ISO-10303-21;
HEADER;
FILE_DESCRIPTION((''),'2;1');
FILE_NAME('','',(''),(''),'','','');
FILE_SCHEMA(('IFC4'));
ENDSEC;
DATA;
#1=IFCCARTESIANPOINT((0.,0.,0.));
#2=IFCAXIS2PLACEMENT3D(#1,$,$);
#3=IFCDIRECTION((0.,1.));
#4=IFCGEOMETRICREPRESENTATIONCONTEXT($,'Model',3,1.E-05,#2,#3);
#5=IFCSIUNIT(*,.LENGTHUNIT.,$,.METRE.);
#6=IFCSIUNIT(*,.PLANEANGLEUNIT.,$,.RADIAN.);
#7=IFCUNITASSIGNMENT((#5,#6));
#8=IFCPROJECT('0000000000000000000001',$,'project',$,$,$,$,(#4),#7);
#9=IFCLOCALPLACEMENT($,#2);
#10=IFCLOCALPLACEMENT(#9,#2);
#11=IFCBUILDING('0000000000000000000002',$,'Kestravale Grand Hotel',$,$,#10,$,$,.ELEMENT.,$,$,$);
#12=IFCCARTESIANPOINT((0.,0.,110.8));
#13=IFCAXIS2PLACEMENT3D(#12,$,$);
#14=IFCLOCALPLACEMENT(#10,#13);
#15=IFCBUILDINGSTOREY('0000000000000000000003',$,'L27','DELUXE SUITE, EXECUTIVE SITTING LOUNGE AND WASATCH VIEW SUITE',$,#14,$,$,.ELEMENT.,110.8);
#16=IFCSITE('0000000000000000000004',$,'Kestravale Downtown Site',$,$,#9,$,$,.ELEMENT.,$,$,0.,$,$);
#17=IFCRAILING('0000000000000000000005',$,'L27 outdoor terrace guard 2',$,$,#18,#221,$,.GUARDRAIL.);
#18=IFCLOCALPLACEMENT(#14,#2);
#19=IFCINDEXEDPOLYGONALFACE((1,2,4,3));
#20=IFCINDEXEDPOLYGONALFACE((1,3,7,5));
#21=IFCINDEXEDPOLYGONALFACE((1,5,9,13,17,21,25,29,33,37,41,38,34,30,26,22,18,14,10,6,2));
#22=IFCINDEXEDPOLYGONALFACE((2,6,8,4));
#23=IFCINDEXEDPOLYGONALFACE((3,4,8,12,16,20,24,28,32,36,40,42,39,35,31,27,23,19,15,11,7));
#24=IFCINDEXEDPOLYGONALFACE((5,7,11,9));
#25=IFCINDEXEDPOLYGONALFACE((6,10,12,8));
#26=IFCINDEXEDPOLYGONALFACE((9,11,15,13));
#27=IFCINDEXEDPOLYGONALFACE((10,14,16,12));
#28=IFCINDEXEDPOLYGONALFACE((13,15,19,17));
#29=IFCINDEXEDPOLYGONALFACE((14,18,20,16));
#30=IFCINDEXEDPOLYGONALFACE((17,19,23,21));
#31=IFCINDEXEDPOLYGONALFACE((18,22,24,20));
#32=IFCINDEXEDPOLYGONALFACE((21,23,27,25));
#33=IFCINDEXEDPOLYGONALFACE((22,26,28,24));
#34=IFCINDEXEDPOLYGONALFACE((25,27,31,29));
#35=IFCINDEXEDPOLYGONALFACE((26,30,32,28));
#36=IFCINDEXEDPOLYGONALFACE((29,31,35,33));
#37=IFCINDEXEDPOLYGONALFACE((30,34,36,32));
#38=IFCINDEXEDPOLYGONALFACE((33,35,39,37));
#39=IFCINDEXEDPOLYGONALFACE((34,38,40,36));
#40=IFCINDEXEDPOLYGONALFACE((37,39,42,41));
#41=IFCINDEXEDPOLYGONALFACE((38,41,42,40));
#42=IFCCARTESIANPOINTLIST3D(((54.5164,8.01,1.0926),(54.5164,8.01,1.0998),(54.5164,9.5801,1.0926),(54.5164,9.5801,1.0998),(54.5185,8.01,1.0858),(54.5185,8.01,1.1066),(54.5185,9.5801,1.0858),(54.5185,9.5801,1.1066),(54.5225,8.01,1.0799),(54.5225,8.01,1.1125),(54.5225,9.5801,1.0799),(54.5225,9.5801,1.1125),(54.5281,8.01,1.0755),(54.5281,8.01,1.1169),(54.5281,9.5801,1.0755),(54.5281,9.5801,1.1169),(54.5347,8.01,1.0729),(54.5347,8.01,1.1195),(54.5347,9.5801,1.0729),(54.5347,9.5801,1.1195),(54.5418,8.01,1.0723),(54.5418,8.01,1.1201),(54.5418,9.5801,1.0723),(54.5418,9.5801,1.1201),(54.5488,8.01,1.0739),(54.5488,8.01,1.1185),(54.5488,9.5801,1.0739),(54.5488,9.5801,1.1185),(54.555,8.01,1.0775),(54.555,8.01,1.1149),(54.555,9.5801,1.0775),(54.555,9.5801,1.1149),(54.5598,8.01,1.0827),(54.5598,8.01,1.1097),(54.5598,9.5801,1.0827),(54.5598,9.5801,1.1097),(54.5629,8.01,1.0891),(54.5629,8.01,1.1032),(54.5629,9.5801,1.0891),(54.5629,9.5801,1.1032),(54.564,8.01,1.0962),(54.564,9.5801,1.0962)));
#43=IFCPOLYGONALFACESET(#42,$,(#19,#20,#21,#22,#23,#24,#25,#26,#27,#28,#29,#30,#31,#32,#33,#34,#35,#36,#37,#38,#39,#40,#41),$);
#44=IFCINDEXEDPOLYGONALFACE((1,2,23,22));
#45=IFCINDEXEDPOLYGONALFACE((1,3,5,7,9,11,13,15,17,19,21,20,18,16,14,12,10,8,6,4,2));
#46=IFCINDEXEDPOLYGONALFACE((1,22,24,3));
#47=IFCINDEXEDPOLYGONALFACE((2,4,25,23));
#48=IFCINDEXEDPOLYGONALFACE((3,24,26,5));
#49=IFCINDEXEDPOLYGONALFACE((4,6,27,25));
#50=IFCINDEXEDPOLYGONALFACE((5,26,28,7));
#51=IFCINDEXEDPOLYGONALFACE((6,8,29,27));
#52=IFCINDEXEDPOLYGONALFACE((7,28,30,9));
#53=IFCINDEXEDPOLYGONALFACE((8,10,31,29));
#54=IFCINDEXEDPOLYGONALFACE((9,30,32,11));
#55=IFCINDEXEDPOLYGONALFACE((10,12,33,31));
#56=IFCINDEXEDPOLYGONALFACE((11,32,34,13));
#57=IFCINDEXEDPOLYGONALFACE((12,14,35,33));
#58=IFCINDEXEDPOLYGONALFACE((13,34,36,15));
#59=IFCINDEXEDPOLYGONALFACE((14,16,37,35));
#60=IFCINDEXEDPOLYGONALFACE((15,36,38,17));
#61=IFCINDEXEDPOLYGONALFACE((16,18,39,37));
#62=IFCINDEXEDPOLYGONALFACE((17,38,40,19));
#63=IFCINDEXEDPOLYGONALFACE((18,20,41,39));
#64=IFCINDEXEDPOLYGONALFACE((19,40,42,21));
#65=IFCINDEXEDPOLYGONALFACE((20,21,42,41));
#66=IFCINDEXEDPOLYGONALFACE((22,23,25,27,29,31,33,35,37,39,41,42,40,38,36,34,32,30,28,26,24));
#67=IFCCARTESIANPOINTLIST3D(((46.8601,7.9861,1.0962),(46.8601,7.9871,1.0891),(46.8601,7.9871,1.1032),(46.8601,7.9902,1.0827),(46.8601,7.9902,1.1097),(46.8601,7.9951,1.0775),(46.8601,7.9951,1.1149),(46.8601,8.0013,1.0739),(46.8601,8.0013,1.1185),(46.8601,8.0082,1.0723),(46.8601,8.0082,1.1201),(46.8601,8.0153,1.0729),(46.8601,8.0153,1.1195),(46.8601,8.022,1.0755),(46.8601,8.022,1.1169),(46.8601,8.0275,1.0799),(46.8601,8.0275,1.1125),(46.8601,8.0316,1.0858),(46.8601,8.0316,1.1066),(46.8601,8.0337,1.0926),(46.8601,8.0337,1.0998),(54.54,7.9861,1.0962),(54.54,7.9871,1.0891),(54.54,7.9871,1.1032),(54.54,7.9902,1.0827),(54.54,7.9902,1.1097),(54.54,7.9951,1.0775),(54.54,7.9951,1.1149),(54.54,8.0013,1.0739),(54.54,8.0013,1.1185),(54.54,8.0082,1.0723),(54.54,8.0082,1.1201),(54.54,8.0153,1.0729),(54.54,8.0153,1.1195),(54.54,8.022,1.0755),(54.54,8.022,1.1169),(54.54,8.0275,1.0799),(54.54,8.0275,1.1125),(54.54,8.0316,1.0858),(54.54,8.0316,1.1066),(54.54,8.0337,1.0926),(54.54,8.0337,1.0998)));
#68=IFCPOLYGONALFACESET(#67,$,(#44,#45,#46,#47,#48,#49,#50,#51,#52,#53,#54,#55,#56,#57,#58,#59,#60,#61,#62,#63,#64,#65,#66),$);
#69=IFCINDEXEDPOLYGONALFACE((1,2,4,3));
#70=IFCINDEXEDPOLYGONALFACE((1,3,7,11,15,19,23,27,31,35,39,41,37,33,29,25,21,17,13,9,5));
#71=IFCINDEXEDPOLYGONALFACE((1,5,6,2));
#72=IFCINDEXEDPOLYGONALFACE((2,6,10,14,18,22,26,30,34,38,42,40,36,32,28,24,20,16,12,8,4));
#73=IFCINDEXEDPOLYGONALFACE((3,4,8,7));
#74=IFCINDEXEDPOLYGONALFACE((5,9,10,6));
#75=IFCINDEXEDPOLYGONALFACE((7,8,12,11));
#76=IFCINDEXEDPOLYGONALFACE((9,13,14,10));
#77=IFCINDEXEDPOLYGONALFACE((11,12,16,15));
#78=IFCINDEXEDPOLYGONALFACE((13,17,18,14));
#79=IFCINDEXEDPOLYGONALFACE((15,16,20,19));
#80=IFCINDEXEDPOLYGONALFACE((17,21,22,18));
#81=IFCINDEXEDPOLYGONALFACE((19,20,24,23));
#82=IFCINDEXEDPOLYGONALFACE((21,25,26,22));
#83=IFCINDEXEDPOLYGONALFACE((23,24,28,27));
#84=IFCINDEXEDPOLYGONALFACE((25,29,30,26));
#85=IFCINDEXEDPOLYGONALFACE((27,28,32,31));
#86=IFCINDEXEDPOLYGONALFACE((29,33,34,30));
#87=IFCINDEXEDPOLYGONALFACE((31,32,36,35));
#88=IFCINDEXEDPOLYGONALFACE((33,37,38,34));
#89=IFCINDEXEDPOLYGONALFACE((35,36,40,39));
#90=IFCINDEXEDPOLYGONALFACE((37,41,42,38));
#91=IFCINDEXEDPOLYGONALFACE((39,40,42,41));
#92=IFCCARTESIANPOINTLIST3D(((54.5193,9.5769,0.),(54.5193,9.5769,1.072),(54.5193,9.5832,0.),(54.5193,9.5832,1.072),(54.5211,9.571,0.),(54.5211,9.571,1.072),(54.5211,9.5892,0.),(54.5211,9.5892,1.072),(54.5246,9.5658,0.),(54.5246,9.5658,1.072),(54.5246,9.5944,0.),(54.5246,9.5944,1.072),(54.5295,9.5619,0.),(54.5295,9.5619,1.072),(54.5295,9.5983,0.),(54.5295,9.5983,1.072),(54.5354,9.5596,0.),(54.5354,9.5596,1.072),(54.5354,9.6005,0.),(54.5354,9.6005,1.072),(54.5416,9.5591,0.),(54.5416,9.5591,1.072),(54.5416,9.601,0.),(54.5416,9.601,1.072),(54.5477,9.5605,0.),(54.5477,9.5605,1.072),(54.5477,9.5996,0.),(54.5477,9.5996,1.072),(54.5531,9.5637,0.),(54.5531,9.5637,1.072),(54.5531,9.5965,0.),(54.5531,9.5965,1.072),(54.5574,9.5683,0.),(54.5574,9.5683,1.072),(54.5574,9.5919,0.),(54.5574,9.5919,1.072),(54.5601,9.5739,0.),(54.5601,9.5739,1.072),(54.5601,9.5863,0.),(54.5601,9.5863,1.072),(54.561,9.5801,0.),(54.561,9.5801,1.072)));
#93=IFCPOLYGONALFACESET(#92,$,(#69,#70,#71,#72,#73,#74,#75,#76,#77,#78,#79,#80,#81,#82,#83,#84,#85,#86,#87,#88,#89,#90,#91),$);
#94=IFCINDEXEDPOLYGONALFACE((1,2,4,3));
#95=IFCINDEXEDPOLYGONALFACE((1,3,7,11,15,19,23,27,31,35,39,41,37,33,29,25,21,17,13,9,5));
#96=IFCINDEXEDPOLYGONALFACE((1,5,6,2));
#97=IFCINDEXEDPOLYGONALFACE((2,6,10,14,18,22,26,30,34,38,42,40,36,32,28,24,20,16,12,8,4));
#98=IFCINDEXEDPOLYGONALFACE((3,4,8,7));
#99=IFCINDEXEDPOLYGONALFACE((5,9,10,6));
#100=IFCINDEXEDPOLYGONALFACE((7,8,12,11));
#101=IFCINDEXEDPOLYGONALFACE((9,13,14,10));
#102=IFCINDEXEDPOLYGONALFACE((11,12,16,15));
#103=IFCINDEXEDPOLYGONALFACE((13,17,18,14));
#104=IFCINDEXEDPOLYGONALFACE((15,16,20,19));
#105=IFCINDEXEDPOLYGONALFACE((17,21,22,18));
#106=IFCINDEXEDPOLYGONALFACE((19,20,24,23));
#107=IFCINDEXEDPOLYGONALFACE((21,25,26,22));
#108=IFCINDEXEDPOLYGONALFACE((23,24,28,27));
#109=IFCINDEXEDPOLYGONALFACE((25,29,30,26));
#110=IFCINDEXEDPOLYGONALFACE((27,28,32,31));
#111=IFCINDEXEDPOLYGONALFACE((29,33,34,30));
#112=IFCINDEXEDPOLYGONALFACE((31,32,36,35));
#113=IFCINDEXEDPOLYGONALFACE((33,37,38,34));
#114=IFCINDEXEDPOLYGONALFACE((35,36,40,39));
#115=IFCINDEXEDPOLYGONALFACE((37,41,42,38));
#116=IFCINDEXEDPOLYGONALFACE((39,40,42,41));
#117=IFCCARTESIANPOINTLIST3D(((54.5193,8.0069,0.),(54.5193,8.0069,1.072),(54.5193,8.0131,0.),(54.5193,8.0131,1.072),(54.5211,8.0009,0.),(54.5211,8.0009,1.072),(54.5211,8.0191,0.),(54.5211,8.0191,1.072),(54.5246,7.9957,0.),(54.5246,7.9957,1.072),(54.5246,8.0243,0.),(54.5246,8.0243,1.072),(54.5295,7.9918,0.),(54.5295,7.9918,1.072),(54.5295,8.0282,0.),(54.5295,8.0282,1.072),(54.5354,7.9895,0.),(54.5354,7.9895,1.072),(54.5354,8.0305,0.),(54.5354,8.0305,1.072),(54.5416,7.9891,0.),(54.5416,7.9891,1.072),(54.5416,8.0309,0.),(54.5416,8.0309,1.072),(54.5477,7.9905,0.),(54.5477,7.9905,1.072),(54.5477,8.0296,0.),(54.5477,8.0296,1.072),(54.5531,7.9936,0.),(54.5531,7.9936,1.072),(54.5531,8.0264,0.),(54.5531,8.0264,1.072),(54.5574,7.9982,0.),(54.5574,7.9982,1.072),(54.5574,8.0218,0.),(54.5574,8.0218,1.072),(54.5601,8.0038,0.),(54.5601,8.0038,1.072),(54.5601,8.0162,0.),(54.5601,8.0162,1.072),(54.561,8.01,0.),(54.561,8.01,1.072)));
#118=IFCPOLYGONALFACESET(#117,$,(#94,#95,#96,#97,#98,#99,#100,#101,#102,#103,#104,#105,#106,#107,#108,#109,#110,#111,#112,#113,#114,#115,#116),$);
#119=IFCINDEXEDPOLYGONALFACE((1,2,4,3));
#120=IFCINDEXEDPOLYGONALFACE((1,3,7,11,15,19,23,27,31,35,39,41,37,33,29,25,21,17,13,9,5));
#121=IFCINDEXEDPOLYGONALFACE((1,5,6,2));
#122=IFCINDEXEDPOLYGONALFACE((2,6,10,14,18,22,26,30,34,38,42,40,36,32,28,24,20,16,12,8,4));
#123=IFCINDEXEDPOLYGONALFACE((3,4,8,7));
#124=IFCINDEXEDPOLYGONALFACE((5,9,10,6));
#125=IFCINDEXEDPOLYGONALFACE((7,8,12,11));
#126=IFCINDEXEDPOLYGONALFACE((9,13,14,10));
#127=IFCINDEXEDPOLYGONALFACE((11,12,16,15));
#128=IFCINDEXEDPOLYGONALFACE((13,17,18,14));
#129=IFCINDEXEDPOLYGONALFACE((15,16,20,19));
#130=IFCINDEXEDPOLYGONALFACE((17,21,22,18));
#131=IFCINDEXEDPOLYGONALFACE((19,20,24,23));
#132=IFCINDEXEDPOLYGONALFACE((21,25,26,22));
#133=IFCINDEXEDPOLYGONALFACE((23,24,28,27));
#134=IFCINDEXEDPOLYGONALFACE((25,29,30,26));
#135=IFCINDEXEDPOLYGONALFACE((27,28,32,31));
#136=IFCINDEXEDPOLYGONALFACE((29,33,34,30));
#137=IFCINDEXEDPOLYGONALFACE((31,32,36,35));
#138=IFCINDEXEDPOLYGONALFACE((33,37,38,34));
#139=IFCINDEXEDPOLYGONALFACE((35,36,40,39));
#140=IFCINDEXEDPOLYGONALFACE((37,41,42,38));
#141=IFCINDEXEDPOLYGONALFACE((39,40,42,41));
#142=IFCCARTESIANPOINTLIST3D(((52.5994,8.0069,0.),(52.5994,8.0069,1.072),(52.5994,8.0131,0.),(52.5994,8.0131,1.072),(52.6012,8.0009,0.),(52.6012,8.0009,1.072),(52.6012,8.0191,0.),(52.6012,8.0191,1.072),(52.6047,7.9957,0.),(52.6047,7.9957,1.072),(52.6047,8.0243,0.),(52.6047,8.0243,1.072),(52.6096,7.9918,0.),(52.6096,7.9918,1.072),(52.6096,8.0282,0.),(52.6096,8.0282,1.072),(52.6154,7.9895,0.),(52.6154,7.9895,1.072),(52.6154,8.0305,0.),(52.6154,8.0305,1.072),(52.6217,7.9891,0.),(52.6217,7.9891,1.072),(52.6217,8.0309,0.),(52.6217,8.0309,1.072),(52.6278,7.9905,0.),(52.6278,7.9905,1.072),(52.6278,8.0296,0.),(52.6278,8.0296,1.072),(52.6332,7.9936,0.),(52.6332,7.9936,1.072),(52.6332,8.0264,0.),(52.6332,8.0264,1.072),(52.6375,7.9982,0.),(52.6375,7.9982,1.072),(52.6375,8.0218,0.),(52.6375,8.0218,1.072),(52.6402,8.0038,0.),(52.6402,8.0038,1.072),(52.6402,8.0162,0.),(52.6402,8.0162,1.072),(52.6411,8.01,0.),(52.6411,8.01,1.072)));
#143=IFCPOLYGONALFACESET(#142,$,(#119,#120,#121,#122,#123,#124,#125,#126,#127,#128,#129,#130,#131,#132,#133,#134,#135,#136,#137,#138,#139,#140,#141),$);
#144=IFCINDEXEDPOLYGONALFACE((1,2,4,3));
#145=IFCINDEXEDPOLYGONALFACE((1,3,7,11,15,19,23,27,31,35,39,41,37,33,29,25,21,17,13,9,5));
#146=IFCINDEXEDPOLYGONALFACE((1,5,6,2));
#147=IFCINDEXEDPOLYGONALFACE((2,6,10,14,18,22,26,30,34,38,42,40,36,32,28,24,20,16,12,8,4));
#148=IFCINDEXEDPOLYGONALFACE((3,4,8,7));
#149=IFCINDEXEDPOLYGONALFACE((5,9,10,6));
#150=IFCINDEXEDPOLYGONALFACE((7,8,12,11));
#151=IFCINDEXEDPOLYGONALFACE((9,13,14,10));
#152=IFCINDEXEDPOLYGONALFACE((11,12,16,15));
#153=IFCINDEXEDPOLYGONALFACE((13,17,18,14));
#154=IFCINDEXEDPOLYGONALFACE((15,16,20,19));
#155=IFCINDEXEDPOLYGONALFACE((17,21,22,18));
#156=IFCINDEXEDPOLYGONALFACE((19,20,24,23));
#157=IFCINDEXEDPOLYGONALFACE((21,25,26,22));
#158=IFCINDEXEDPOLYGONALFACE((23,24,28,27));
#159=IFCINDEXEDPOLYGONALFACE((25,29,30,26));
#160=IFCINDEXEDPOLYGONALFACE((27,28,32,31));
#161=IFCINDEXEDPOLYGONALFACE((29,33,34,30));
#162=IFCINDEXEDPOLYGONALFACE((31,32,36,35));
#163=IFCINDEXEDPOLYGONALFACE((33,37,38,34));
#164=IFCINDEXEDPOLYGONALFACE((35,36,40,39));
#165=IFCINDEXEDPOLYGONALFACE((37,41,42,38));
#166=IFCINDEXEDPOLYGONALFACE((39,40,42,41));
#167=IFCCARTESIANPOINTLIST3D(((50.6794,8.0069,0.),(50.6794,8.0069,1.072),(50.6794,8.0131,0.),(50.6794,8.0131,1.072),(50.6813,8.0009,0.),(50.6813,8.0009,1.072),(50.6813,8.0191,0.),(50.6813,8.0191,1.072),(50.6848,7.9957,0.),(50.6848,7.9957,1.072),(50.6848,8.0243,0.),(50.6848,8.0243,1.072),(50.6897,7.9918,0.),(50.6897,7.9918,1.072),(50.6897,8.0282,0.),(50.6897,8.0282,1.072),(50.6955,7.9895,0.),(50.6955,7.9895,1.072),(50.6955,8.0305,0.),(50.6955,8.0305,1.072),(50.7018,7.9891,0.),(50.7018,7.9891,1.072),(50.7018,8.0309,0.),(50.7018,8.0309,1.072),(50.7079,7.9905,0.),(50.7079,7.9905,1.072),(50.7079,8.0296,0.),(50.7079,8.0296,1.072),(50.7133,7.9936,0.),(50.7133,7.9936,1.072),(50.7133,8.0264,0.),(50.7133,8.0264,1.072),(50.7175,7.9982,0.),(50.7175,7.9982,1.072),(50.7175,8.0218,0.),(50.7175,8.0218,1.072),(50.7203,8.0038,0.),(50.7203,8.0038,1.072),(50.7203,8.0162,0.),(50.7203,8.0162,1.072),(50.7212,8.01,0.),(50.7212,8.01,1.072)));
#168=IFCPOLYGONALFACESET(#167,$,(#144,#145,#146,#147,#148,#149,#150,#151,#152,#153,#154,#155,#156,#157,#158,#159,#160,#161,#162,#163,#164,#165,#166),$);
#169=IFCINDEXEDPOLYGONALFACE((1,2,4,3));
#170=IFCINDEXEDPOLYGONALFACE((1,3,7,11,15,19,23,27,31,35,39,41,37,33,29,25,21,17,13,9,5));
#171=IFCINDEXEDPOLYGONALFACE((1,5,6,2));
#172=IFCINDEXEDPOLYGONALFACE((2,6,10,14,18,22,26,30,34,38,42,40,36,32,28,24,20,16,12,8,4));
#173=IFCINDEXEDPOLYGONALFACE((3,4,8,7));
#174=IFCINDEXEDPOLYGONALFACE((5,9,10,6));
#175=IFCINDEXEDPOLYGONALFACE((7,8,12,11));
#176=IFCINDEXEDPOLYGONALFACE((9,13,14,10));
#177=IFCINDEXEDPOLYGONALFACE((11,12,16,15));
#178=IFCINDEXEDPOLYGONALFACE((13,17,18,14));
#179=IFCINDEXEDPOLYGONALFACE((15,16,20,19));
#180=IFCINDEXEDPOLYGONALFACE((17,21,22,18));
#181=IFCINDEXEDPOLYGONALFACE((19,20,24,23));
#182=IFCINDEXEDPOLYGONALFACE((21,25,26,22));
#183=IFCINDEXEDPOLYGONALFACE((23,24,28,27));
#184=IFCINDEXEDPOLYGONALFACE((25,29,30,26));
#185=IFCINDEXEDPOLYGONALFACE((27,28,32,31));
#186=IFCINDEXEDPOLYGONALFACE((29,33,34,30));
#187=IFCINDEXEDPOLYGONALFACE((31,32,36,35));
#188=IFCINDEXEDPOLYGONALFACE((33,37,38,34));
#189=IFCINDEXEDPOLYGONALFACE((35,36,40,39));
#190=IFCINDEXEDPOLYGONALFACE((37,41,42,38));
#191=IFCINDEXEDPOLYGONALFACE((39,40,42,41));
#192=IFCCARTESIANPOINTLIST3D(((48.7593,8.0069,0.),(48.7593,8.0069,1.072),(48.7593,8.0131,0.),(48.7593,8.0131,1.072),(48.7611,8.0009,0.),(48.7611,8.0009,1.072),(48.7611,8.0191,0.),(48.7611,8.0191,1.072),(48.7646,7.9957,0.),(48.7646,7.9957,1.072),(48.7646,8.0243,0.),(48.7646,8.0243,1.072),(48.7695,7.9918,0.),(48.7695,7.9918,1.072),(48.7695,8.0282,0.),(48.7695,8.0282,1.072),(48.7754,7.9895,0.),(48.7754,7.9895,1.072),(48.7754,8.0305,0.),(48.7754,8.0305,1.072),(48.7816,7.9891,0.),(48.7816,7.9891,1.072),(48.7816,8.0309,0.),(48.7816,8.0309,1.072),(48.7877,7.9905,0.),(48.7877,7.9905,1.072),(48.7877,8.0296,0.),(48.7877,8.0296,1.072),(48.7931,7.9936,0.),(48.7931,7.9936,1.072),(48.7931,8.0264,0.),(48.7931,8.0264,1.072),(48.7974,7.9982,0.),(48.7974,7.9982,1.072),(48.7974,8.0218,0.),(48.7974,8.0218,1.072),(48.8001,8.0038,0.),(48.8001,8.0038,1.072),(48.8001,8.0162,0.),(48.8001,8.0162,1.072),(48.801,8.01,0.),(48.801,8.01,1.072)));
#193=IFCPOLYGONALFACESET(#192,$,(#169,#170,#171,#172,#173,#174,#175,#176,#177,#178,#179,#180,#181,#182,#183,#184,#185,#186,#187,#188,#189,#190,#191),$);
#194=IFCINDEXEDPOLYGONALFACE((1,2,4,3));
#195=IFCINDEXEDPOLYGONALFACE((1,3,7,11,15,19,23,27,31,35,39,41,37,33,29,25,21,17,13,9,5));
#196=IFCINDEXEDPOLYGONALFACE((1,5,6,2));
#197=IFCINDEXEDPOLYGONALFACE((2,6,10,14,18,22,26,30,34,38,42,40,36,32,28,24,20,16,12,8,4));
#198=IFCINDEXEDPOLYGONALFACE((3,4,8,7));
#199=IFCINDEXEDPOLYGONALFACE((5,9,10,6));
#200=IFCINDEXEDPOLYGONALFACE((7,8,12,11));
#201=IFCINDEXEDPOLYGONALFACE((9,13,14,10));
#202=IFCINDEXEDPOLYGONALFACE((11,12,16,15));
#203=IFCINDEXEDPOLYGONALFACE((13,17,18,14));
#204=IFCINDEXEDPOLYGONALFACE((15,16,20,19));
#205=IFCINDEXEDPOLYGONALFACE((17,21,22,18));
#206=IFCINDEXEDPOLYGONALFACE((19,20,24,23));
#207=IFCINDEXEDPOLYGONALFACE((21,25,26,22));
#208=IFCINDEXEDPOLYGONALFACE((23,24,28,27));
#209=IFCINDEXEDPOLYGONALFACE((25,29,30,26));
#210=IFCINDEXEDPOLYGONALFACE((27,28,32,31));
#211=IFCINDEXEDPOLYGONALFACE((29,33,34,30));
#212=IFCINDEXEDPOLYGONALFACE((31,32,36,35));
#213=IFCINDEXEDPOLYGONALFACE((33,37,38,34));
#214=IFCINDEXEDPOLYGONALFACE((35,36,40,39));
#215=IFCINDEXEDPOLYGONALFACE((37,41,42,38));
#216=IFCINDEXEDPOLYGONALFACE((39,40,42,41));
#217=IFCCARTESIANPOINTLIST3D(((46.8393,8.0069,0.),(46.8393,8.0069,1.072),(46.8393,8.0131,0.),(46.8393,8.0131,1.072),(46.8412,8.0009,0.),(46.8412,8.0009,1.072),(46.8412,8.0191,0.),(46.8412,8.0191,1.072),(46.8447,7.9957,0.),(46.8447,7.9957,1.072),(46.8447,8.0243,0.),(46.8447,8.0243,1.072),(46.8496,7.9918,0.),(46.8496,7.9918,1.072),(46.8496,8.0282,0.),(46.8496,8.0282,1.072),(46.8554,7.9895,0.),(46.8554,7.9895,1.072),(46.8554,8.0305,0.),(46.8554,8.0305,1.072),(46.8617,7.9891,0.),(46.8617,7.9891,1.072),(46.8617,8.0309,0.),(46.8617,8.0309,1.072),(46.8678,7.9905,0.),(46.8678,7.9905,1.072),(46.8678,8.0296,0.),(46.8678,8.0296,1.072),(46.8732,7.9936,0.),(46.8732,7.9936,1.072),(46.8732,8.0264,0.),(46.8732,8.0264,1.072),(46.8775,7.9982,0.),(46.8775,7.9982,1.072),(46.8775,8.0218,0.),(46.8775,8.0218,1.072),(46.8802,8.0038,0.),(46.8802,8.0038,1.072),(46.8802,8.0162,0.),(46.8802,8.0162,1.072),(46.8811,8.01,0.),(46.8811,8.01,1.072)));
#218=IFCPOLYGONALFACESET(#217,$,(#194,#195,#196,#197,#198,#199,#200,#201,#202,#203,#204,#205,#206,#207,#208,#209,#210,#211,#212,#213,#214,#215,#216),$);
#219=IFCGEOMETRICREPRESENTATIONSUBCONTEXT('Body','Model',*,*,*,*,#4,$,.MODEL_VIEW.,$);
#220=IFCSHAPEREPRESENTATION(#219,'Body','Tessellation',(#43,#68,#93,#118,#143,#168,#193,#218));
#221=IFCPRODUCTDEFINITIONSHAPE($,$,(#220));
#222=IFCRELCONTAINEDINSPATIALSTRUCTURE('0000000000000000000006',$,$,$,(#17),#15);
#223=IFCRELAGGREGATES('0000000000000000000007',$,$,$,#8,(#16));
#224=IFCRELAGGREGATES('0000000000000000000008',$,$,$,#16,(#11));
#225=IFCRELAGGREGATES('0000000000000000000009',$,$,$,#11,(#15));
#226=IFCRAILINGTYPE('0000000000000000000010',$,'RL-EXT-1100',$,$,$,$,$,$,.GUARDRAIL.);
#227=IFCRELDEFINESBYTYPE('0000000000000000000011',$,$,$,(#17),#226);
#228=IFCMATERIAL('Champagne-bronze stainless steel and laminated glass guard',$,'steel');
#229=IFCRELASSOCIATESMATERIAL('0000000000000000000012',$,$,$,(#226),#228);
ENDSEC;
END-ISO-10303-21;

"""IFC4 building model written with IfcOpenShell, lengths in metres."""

from ifc_helpers import new_model, si_unit, direction, frame, origin, origin_2d, place, context, subcontext, project, spatial, circle, extrude, material, type_object, element, save


model = new_model("IFC4")

# Units and contexts
model_context = context("Model", 3, precision=1e-05, world=origin(), true_north=direction((0.0, 1.0)))
body_context = subcontext(model_context, "Body", "Model", "MODEL_VIEW")
ifc_project = project(units=[si_unit("LENGTHUNIT", "METRE"), si_unit("PLANEANGLEUNIT", "RADIAN")], contexts=[model_context])

# Site, building, storey
site_placement = place(None, origin())
site = spatial("IfcSite", under=ifc_project, at=site_placement, Name="Kestravale Downtown Site", CompositionType="ELEMENT", RefElevation=0.0)
building_placement = place(site_placement, origin())
building = spatial("IfcBuilding", under=site, at=building_placement, Name="Kestravale Grand Hotel", CompositionType="ELEMENT")
storey_placement = place(building_placement, frame((0.0, 0.0, 110.8)))
storey = spatial("IfcBuildingStorey", under=building, at=storey_placement, Name="L27", Description="DELUXE SUITE, EXECUTIVE SITTING LOUNGE AND WASATCH VIEW SUITE", CompositionType="ELEMENT", Elevation=110.8)

# Railing
ifc_material_1 = material(Name="Champagne-bronze stainless steel and laminated glass guard", Category="steel")
railing_type = type_object("IfcRailingType", Name="RL-EXT-1100", PredefinedType="GUARDRAIL", material=ifc_material_1)
railing_1_placement = place(storey_placement, frame((54.54, 9.5801, 0.0)))
element("IfcRailing", 1, at=railing_1_placement, inside=storey, type_object=railing_type, Name="L27 outdoor terrace guard 2", PredefinedType="GUARDRAIL", context=body_context, shape_type="SweptSolid", body=[
    extrude(circle(Radius=0.0239, at=origin_2d()), frame((0.0, 0.0, 1.0962), z_axis=(0.0, -1.0, 0.0), x_axis=(1.0, 0.0, 0.0)), (0.0, 0.0, 1.0), 1.5701),
    extrude(circle(Radius=0.0239, at=origin_2d()), frame((0.0, -1.5701, 1.0962), z_axis=(-1.0, 0.0, 0.0), x_axis=(0.0, -1.0, 0.0)), (0.0, 0.0, 1.0), 7.6799),
    extrude(circle(Radius=0.021, at=origin_2d()), origin(), (0.0, 0.0, 1.0), 1.072),
    extrude(circle(Radius=0.021, at=origin_2d()), frame((0.0, -1.5701, 0.0)), (0.0, 0.0, 1.0), 1.072),
    extrude(circle(Radius=0.021, at=origin_2d()), frame((-1.9199, -1.5701, 0.0)), (0.0, 0.0, 1.0), 1.072),
    extrude(circle(Radius=0.021, at=origin_2d()), frame((-3.8398, -1.5701, 0.0)), (0.0, 0.0, 1.0), 1.072),
    extrude(circle(Radius=0.021, at=origin_2d()), frame((-5.76, -1.5701, 0.0)), (0.0, 0.0, 1.0), 1.072),
    extrude(circle(Radius=0.021, at=origin_2d()), frame((-7.6799, -1.5701, 0.0)), (0.0, 0.0, 1.0), 1.072),
])

save(model, "model.ifc")
